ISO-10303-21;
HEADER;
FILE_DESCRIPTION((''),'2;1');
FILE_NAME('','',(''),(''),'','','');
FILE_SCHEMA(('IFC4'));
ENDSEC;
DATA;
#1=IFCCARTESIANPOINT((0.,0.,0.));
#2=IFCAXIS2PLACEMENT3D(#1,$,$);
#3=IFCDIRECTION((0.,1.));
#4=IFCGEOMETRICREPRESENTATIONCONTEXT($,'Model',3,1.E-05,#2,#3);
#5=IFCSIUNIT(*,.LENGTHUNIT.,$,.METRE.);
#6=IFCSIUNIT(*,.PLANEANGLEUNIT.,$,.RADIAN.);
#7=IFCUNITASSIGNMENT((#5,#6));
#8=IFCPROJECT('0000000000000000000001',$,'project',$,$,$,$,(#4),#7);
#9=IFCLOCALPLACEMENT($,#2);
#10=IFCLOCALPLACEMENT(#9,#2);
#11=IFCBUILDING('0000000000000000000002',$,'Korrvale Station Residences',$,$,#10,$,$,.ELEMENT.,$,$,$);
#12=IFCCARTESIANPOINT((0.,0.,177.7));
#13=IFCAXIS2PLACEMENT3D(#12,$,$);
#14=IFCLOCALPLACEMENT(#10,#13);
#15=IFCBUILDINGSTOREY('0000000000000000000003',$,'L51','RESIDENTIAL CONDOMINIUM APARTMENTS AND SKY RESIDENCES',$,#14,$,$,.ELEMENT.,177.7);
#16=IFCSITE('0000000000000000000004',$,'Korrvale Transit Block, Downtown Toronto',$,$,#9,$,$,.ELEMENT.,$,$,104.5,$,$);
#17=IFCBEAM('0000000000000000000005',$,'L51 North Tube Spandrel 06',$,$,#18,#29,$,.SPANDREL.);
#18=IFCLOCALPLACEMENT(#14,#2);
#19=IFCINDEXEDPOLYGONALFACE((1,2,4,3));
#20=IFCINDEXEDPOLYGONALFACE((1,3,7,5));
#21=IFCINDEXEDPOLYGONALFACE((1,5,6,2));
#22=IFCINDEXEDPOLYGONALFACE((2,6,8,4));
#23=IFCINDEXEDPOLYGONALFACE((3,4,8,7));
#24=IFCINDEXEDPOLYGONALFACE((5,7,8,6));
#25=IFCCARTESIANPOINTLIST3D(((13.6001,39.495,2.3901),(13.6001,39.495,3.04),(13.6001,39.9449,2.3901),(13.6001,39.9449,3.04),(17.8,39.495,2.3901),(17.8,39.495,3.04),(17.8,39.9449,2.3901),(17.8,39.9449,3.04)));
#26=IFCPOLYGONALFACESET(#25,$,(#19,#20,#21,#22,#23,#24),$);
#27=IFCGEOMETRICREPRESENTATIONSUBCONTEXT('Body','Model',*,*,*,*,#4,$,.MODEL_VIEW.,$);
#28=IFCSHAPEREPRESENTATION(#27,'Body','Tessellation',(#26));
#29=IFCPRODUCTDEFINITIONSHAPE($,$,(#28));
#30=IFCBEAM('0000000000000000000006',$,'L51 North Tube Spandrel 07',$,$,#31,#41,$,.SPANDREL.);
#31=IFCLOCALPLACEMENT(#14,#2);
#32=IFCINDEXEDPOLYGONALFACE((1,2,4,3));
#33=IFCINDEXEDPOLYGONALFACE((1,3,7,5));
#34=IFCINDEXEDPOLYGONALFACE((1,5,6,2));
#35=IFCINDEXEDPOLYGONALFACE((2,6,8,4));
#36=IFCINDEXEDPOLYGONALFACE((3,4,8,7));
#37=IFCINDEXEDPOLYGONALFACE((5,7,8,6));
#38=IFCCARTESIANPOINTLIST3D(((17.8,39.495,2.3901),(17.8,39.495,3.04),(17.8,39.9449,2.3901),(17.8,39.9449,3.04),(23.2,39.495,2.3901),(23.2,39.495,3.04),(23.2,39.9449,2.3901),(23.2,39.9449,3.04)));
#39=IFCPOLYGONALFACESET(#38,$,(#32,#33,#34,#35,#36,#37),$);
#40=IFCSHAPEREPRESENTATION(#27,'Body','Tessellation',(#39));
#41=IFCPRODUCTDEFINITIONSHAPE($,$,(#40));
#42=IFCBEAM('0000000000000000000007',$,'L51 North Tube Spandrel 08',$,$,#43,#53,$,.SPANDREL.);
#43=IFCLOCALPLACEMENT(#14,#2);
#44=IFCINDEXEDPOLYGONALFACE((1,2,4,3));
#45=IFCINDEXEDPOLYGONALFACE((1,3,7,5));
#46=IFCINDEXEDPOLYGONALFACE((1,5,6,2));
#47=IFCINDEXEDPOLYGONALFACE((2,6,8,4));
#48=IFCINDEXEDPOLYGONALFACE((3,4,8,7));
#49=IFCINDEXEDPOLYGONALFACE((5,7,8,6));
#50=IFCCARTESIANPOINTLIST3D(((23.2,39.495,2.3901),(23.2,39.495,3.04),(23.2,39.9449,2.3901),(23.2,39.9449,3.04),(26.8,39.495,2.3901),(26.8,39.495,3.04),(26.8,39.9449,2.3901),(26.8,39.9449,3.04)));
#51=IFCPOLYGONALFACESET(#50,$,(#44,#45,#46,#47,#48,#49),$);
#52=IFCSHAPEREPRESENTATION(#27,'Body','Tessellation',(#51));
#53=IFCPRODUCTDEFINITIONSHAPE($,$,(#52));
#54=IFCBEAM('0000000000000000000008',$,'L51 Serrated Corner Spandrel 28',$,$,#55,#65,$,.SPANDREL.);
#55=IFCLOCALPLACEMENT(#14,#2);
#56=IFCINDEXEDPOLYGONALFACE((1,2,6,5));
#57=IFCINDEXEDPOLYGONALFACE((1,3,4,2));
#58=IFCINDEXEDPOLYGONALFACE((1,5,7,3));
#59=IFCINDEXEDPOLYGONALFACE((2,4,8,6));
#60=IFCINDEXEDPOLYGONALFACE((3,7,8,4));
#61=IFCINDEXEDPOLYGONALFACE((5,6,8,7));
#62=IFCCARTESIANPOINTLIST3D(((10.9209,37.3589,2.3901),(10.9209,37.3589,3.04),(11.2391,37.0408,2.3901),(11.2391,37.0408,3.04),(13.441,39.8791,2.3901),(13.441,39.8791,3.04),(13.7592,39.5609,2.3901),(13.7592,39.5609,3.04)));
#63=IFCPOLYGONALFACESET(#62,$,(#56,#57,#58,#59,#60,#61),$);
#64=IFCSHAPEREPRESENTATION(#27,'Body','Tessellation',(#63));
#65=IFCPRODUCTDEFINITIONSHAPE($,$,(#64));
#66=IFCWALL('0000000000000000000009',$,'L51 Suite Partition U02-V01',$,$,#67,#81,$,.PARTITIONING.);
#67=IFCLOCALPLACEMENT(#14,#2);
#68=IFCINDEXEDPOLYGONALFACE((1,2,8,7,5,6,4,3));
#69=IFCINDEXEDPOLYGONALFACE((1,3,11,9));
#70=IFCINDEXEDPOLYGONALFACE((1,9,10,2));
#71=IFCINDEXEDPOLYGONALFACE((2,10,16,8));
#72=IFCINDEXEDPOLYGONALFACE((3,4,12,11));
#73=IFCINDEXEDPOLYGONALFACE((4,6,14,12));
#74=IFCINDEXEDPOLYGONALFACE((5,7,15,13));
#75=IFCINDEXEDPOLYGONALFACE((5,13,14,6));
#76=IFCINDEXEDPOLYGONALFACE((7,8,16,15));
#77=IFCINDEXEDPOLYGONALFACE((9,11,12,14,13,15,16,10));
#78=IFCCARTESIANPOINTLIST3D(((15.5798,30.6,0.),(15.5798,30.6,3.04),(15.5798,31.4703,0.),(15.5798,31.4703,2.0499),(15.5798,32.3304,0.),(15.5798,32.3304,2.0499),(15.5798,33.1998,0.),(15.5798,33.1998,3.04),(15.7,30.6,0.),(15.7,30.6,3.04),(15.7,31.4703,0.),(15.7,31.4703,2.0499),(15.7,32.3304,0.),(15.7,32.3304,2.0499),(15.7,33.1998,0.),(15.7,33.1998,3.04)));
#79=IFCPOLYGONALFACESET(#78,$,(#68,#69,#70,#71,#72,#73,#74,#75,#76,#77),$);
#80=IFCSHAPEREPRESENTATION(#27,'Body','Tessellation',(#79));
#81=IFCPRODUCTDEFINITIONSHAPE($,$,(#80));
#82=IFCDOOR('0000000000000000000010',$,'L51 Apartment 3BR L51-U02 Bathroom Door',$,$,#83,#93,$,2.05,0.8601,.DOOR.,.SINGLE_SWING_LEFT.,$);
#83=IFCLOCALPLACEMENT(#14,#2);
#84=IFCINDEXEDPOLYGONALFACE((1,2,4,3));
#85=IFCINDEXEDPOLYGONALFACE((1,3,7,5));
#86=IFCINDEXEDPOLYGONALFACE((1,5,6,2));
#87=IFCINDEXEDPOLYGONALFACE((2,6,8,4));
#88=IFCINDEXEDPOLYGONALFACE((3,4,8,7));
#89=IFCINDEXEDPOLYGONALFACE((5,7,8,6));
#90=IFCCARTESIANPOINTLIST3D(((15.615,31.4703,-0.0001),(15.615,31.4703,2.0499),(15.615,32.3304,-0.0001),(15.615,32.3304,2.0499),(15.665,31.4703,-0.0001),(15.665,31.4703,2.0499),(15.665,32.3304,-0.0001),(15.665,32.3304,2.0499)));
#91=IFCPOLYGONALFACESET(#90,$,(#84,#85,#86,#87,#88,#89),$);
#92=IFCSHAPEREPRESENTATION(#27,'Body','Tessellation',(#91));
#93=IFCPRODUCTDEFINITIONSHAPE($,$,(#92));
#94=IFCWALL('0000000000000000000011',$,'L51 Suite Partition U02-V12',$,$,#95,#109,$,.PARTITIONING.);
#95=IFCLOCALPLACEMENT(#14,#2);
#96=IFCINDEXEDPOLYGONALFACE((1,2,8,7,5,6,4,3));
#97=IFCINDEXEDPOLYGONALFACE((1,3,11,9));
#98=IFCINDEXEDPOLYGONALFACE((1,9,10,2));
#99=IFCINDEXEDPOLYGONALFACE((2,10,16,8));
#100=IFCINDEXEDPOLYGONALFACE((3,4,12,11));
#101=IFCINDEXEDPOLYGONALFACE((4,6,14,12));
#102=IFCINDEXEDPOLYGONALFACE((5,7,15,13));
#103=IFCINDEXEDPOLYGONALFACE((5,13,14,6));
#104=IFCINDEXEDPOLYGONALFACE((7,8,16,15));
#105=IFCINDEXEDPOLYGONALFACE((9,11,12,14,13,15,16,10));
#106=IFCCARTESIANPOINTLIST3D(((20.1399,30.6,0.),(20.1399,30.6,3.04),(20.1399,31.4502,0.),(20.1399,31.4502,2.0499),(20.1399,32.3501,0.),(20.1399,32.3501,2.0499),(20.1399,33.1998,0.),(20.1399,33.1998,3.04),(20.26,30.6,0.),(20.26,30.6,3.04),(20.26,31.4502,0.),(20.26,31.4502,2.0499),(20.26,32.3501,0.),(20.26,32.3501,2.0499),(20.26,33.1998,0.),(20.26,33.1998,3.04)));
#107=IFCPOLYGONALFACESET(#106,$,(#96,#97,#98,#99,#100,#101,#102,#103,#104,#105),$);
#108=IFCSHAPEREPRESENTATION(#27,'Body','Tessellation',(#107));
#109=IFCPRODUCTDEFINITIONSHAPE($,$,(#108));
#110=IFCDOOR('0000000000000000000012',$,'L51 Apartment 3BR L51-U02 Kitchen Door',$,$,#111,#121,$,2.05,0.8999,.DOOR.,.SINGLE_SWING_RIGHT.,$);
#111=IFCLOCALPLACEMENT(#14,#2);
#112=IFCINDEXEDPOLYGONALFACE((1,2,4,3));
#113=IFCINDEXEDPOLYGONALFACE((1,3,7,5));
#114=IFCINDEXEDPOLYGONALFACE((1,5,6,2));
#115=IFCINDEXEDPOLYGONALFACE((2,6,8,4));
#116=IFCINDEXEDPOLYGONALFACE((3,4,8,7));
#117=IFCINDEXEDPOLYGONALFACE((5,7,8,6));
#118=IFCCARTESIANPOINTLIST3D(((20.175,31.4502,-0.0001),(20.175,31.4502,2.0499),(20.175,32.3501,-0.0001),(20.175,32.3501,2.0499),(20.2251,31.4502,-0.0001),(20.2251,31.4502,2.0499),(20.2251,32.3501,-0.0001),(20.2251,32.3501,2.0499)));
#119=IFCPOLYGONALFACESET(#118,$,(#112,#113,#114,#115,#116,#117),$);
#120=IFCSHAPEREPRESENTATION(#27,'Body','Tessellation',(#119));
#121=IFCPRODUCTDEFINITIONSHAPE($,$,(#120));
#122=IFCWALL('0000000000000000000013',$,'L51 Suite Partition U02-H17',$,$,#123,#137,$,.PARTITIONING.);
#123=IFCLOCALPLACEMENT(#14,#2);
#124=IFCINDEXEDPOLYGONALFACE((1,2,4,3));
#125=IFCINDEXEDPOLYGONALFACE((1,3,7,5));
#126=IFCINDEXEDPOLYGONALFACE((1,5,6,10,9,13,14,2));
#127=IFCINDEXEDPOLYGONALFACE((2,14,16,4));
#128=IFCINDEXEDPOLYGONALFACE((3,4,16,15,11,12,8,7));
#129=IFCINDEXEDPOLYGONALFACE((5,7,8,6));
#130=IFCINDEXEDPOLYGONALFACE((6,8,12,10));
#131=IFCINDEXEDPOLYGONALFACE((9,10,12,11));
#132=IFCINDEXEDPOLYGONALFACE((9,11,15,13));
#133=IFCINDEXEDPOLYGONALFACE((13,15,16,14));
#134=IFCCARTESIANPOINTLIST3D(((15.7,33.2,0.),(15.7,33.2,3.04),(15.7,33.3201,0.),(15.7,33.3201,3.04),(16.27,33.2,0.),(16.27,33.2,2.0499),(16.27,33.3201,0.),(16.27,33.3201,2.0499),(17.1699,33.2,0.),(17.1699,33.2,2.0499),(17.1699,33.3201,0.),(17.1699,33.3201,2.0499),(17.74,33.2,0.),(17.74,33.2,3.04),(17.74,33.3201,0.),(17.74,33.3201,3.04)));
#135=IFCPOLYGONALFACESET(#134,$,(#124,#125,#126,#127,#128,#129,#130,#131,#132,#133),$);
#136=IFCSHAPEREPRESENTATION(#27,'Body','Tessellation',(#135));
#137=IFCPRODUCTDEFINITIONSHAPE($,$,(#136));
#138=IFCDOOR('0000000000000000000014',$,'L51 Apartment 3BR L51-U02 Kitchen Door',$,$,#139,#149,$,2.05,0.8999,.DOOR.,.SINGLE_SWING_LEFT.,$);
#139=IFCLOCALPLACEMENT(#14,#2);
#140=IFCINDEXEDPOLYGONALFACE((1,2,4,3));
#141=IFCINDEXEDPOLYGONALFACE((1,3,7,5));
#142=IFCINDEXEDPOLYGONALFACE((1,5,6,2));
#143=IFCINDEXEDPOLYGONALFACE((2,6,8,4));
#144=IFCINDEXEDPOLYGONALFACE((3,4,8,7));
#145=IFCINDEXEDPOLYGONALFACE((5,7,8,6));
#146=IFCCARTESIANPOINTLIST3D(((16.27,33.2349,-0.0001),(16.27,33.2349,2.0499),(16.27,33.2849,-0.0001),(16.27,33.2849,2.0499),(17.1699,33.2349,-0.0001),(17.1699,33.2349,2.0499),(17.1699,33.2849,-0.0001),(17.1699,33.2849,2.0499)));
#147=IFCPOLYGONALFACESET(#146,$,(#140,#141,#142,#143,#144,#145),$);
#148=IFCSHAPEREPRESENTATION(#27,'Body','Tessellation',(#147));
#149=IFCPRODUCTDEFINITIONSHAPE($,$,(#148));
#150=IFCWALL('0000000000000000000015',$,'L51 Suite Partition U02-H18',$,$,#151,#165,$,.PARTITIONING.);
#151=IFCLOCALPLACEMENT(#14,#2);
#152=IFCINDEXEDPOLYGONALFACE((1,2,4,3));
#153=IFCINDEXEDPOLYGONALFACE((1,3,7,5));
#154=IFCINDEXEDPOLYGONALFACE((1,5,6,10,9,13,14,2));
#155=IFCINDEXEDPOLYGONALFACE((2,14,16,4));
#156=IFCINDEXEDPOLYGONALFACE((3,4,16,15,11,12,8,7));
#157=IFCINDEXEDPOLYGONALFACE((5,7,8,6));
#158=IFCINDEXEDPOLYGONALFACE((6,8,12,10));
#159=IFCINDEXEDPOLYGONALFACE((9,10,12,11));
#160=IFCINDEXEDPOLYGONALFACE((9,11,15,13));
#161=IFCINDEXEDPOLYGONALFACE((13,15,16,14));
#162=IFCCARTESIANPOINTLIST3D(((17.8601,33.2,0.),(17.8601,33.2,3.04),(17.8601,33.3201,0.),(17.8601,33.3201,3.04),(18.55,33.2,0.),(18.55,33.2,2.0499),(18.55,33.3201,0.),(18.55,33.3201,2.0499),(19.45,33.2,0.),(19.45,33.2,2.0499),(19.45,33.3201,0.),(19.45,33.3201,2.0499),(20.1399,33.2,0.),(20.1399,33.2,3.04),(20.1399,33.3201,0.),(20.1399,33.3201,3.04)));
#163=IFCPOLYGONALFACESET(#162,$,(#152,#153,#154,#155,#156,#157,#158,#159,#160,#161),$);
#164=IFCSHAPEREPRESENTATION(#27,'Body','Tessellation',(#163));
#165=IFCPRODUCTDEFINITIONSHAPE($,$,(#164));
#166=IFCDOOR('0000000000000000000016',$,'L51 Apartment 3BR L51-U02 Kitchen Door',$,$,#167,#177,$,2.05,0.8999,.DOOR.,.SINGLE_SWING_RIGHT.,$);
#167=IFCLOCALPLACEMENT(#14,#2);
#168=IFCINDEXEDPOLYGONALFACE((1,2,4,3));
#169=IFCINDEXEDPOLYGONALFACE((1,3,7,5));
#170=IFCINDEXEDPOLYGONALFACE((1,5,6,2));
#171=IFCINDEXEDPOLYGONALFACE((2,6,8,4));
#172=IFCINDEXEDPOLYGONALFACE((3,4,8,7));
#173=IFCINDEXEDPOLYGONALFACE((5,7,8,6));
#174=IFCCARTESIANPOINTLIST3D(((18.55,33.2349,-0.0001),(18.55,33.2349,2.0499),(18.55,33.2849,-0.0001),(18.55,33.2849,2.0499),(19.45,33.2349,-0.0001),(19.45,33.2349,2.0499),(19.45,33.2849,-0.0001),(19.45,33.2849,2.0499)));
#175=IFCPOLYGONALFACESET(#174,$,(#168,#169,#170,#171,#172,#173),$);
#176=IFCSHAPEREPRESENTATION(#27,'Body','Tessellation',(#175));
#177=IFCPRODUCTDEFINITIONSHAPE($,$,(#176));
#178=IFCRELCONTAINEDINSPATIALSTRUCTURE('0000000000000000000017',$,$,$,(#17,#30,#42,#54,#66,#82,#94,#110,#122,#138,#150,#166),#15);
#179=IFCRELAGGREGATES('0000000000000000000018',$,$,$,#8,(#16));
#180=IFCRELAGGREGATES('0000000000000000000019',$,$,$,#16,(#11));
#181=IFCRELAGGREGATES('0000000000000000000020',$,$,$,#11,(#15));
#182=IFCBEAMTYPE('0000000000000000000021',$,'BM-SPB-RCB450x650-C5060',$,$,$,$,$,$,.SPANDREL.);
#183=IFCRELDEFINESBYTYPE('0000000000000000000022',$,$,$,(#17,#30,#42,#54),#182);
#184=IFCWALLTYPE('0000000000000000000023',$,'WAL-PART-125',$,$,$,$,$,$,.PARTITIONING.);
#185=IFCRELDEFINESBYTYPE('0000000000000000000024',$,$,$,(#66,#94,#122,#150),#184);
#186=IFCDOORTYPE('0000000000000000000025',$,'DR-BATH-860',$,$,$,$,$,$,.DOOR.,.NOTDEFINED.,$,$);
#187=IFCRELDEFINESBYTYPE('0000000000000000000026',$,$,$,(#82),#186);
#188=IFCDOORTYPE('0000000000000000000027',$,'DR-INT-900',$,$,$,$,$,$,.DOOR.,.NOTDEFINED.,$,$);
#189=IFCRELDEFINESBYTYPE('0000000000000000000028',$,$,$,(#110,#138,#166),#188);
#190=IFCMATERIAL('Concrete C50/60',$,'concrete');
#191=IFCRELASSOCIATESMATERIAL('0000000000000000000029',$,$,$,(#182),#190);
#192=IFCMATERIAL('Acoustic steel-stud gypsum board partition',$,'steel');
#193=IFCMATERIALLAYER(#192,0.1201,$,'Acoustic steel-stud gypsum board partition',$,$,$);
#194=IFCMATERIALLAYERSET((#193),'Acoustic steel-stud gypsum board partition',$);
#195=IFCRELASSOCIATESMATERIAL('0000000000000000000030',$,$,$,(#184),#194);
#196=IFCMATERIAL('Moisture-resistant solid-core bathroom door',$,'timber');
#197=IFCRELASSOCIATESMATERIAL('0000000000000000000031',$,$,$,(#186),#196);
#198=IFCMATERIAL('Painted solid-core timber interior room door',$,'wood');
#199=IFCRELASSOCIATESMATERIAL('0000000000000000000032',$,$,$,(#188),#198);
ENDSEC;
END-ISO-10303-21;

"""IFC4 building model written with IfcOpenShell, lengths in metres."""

from ifc_helpers import new_model, si_unit, direction, frame, frame_2d, origin, origin_2d, place, context, subcontext, project, spatial, rectangle, extrude, material, layer, layer_set, material_profile, profile_set, type_object, element, fill, save


model = new_model("IFC4")

# Units and contexts
model_context = context("Model", 3, precision=1e-05, world=origin(), true_north=direction((0.0, 1.0)))
body_context = subcontext(model_context, "Body", "Model", "MODEL_VIEW")
ifc_project = project(units=[si_unit("LENGTHUNIT", "METRE"), si_unit("PLANEANGLEUNIT", "RADIAN")], contexts=[model_context])

# Site, building, storey
site_placement = place(None, origin())
site = spatial("IfcSite", under=ifc_project, at=site_placement, Name="Korrvale Transit Block, Downtown Toronto", CompositionType="ELEMENT", RefElevation=104.5)
building_placement = place(site_placement, origin())
building = spatial("IfcBuilding", under=site, at=building_placement, Name="Korrvale Station Residences", CompositionType="ELEMENT")
storey_placement = place(building_placement, frame((0.0, 0.0, 177.7)))
storey = spatial("IfcBuildingStorey", under=building, at=storey_placement, Name="L51", Description="RESIDENTIAL CONDOMINIUM APARTMENTS AND SKY RESIDENCES", CompositionType="ELEMENT", Elevation=177.7)

# Shared definitions
ifc_material_1 = material(Name="Concrete C50/60", Category="concrete")

# Beams
ifc_material_profile_1 = material_profile(ifc_material_1, rectangle(XDim=0.45, YDim=0.6499, at=origin_2d()), Name="RCB450x650")
ifc_profile_set_1 = profile_set([ifc_material_profile_1], Name="Concrete C50/60")
beam_type_1 = type_object("IfcBeamType", Name="BM-SPB-RCB450x650-C5060", PredefinedType="SPANDREL", material=ifc_profile_set_1)
beam_1_placement = place(storey_placement, frame((13.6001, 39.72, 2.7151), z_axis=(1.0, 0.0, 0.0), x_axis=(0.0, 1.0, 0.0)))
element("IfcBeam", 1, at=beam_1_placement, inside=storey, type_object=beam_type_1, Name="L51 North Tube Spandrel 06", PredefinedType="SPANDREL", context=body_context, shape_type="SweptSolid", body=[
    extrude(rectangle(XDim=0.45, YDim=0.6499, at=origin_2d()), origin(), (0.0, 0.0, 1.0), 4.2),
])
beam_2_placement = place(storey_placement, frame((17.8, 39.72, 2.7151), z_axis=(1.0, 0.0, 0.0), x_axis=(0.0, 1.0, 0.0)))
element("IfcBeam", 2, at=beam_2_placement, inside=storey, type_object=beam_type_1, Name="L51 North Tube Spandrel 07", PredefinedType="SPANDREL", context=body_context, shape_type="SweptSolid", body=[
    extrude(rectangle(XDim=0.45, YDim=0.6499, at=origin_2d()), origin(), (0.0, 0.0, 1.0), 5.3999),
])
beam_3_placement = place(storey_placement, frame((23.2, 39.72, 2.7151), z_axis=(1.0, 0.0, 0.0), x_axis=(0.0, 1.0, 0.0)))
element("IfcBeam", 3, at=beam_3_placement, inside=storey, type_object=beam_type_1, Name="L51 North Tube Spandrel 08", PredefinedType="SPANDREL", context=body_context, shape_type="SweptSolid", body=[
    extrude(rectangle(XDim=0.45, YDim=0.6499, at=origin_2d()), origin(), (0.0, 0.0, 1.0), 3.6001),
])
beam_4_placement = place(storey_placement, frame((13.6001, 39.72, 2.7151), z_axis=(-0.707107, -0.707107, 0.0), x_axis=(0.707107, -0.707107, 0.0)))
element("IfcBeam", 4, at=beam_4_placement, inside=storey, type_object=beam_type_1, Name="L51 Serrated Corner Spandrel 28", PredefinedType="SPANDREL", context=body_context, shape_type="SweptSolid", body=[
    extrude(rectangle(XDim=0.45, YDim=0.6499, at=origin_2d()), origin(), (0.0, 0.0, 1.0), 3.564),
])

# Walls, openings, doors
ifc_material_2 = material(Name="Acoustic steel-stud gypsum board partition", Category="steel")
ifc_layer_1 = layer(ifc_material_2, 0.1201, Name="Acoustic steel-stud gypsum board partition")
ifc_layer_set_1 = layer_set([ifc_layer_1], Name="Acoustic steel-stud gypsum board partition")
wall_type_1 = type_object("IfcWallType", Name="WAL-PART-125", PredefinedType="PARTITIONING", material=ifc_layer_set_1)
wall_1_placement = place(storey_placement, frame((15.6399, 30.6001, 0.0), z_axis=(0.0, 0.0, 1.0), x_axis=(0.0, 1.0, 0.0)))
wall_1 = element("IfcWall", 5, at=wall_1_placement, inside=storey, type_object=wall_type_1, Name="L51 Suite Partition U02-V01", PredefinedType="PARTITIONING", context=body_context, shape_type="SweptSolid", body=[
    extrude(rectangle(XDim=2.5999, YDim=0.1201, at=frame_2d((1.2998, 0.0))), origin(), (0.0, 0.0, 1.0), 3.04),
])
opening_1_placement = place(wall_1_placement, frame((0.8701, 0.0, 0.0)))
opening_1 = element("IfcOpeningElement", 6, at=opening_1_placement, cuts=wall_1, PredefinedType="OPENING", context=body_context, shape_type="SweptSolid", body=[
    extrude(rectangle(XDim=0.8601, YDim=2.05, at=frame_2d((0.4302, 1.0249))), frame((0.0, 0.0701, 0.0), z_axis=(0.0, -1.0, 0.0), x_axis=(1.0, 0.0, 0.0)), (0.0, 0.0, 1.0), 0.1401),
])
ifc_material_3 = material(Name="Moisture-resistant solid-core bathroom door", Category="timber")
door_type_1 = type_object("IfcDoorType", Name="DR-BATH-860", OperationType="NOTDEFINED", PredefinedType="DOOR", material=ifc_material_3)
door_1_placement = place(opening_1_placement, origin())
door_1 = element("IfcDoor", 7, at=door_1_placement, inside=storey, type_object=door_type_1, Name="L51 Apartment 3BR L51-U02 Bathroom Door", OperationType="SINGLE_SWING_LEFT", OverallHeight=2.05, OverallWidth=0.8601, PredefinedType="DOOR", context=body_context, shape_type="SweptSolid", body=[
    extrude(rectangle(XDim=0.8601, YDim=2.05, at=frame_2d((0.4302, 1.0249))), frame((0.0, 0.0249, 0.0), z_axis=(0.0, -1.0, 0.0), x_axis=(1.0, 0.0, 0.0)), (0.0, 0.0, 1.0), 0.05),
])
fill(opening_1, door_1)
wall_2_placement = place(storey_placement, frame((20.2, 30.6001, 0.0), z_axis=(0.0, 0.0, 1.0), x_axis=(0.0, 1.0, 0.0)))
wall_2 = element("IfcWall", 8, at=wall_2_placement, inside=storey, type_object=wall_type_1, Name="L51 Suite Partition U02-V12", PredefinedType="PARTITIONING", context=body_context, shape_type="SweptSolid", body=[
    extrude(rectangle(XDim=2.5999, YDim=0.1201, at=frame_2d((1.2998, 0.0))), origin(), (0.0, 0.0, 1.0), 3.04),
])
opening_2_placement = place(wall_2_placement, frame((0.8501, 0.0, 0.0)))
opening_2 = element("IfcOpeningElement", 9, at=opening_2_placement, cuts=wall_2, PredefinedType="OPENING", context=body_context, shape_type="SweptSolid", body=[
    extrude(rectangle(XDim=0.8999, YDim=2.05, at=frame_2d((0.45, 1.0249))), frame((0.0, 0.0701, 0.0), z_axis=(0.0, -1.0, 0.0), x_axis=(1.0, 0.0, 0.0)), (0.0, 0.0, 1.0), 0.1401),
])
ifc_material_4 = material(Name="Painted solid-core timber interior room door", Category="wood")
door_type_2 = type_object("IfcDoorType", Name="DR-INT-900", OperationType="NOTDEFINED", PredefinedType="DOOR", material=ifc_material_4)
door_2_placement = place(opening_2_placement, origin())
door_2 = element("IfcDoor", 10, at=door_2_placement, inside=storey, type_object=door_type_2, Name="L51 Apartment 3BR L51-U02 Kitchen Door", OperationType="SINGLE_SWING_RIGHT", OverallHeight=2.05, OverallWidth=0.8999, PredefinedType="DOOR", context=body_context, shape_type="SweptSolid", body=[
    extrude(rectangle(XDim=0.8999, YDim=2.05, at=frame_2d((0.45, 1.0249))), frame((0.0, 0.0249, 0.0), z_axis=(0.0, -1.0, 0.0), x_axis=(1.0, 0.0, 0.0)), (0.0, 0.0, 1.0), 0.05),
])
fill(opening_2, door_2)
wall_3_placement = place(storey_placement, frame((15.7, 33.26, 0.0), z_axis=(0.0, 0.0, 1.0), x_axis=(1.0, 0.0, 0.0)))
wall_3 = element("IfcWall", 11, at=wall_3_placement, inside=storey, type_object=wall_type_1, Name="L51 Suite Partition U02-H17", PredefinedType="PARTITIONING", context=body_context, shape_type="SweptSolid", body=[
    extrude(rectangle(XDim=2.04, YDim=0.1201, at=frame_2d((1.02, 0.0))), origin(), (0.0, 0.0, 1.0), 3.04),
])
opening_3_placement = place(wall_3_placement, frame((0.5701, 0.0, 0.0)))
opening_3 = element("IfcOpeningElement", 12, at=opening_3_placement, cuts=wall_3, PredefinedType="OPENING", context=body_context, shape_type="SweptSolid", body=[
    extrude(rectangle(XDim=0.8999, YDim=2.05, at=frame_2d((0.45, 1.0249))), frame((0.0, 0.0701, 0.0), z_axis=(0.0, -1.0, 0.0), x_axis=(1.0, 0.0, 0.0)), (0.0, 0.0, 1.0), 0.1401),
])
door_3_placement = place(opening_3_placement, origin())
door_3 = element("IfcDoor", 13, at=door_3_placement, inside=storey, type_object=door_type_2, Name="L51 Apartment 3BR L51-U02 Kitchen Door", OperationType="SINGLE_SWING_LEFT", OverallHeight=2.05, OverallWidth=0.8999, PredefinedType="DOOR", context=body_context, shape_type="SweptSolid", body=[
    extrude(rectangle(XDim=0.8999, YDim=2.05, at=frame_2d((0.45, 1.0249))), frame((0.0, 0.0249, 0.0), z_axis=(0.0, -1.0, 0.0), x_axis=(1.0, 0.0, 0.0)), (0.0, 0.0, 1.0), 0.05),
])
fill(opening_3, door_3)
wall_4_placement = place(storey_placement, frame((17.8601, 33.26, 0.0), z_axis=(0.0, 0.0, 1.0), x_axis=(1.0, 0.0, 0.0)))
wall_4 = element("IfcWall", 14, at=wall_4_placement, inside=storey, type_object=wall_type_1, Name="L51 Suite Partition U02-H18", PredefinedType="PARTITIONING", context=body_context, shape_type="SweptSolid", body=[
    extrude(rectangle(XDim=2.2798, YDim=0.1201, at=frame_2d((1.1399, 0.0))), origin(), (0.0, 0.0, 1.0), 3.04),
])
opening_4_placement = place(wall_4_placement, frame((0.6899, 0.0, 0.0)))
opening_4 = element("IfcOpeningElement", 15, at=opening_4_placement, cuts=wall_4, PredefinedType="OPENING", context=body_context, shape_type="SweptSolid", body=[
    extrude(rectangle(XDim=0.8999, YDim=2.05, at=frame_2d((0.45, 1.0249))), frame((0.0, 0.0701, 0.0), z_axis=(0.0, -1.0, 0.0), x_axis=(1.0, 0.0, 0.0)), (0.0, 0.0, 1.0), 0.1401),
])
door_4_placement = place(opening_4_placement, origin())
door_4 = element("IfcDoor", 16, at=door_4_placement, inside=storey, type_object=door_type_2, Name="L51 Apartment 3BR L51-U02 Kitchen Door", OperationType="SINGLE_SWING_RIGHT", OverallHeight=2.05, OverallWidth=0.8999, PredefinedType="DOOR", context=body_context, shape_type="SweptSolid", body=[
    extrude(rectangle(XDim=0.8999, YDim=2.05, at=frame_2d((0.45, 1.0249))), frame((0.0, 0.0249, 0.0), z_axis=(0.0, -1.0, 0.0), x_axis=(1.0, 0.0, 0.0)), (0.0, 0.0, 1.0), 0.05),
])
fill(opening_4, door_4)

save(model, "model.ifc")
